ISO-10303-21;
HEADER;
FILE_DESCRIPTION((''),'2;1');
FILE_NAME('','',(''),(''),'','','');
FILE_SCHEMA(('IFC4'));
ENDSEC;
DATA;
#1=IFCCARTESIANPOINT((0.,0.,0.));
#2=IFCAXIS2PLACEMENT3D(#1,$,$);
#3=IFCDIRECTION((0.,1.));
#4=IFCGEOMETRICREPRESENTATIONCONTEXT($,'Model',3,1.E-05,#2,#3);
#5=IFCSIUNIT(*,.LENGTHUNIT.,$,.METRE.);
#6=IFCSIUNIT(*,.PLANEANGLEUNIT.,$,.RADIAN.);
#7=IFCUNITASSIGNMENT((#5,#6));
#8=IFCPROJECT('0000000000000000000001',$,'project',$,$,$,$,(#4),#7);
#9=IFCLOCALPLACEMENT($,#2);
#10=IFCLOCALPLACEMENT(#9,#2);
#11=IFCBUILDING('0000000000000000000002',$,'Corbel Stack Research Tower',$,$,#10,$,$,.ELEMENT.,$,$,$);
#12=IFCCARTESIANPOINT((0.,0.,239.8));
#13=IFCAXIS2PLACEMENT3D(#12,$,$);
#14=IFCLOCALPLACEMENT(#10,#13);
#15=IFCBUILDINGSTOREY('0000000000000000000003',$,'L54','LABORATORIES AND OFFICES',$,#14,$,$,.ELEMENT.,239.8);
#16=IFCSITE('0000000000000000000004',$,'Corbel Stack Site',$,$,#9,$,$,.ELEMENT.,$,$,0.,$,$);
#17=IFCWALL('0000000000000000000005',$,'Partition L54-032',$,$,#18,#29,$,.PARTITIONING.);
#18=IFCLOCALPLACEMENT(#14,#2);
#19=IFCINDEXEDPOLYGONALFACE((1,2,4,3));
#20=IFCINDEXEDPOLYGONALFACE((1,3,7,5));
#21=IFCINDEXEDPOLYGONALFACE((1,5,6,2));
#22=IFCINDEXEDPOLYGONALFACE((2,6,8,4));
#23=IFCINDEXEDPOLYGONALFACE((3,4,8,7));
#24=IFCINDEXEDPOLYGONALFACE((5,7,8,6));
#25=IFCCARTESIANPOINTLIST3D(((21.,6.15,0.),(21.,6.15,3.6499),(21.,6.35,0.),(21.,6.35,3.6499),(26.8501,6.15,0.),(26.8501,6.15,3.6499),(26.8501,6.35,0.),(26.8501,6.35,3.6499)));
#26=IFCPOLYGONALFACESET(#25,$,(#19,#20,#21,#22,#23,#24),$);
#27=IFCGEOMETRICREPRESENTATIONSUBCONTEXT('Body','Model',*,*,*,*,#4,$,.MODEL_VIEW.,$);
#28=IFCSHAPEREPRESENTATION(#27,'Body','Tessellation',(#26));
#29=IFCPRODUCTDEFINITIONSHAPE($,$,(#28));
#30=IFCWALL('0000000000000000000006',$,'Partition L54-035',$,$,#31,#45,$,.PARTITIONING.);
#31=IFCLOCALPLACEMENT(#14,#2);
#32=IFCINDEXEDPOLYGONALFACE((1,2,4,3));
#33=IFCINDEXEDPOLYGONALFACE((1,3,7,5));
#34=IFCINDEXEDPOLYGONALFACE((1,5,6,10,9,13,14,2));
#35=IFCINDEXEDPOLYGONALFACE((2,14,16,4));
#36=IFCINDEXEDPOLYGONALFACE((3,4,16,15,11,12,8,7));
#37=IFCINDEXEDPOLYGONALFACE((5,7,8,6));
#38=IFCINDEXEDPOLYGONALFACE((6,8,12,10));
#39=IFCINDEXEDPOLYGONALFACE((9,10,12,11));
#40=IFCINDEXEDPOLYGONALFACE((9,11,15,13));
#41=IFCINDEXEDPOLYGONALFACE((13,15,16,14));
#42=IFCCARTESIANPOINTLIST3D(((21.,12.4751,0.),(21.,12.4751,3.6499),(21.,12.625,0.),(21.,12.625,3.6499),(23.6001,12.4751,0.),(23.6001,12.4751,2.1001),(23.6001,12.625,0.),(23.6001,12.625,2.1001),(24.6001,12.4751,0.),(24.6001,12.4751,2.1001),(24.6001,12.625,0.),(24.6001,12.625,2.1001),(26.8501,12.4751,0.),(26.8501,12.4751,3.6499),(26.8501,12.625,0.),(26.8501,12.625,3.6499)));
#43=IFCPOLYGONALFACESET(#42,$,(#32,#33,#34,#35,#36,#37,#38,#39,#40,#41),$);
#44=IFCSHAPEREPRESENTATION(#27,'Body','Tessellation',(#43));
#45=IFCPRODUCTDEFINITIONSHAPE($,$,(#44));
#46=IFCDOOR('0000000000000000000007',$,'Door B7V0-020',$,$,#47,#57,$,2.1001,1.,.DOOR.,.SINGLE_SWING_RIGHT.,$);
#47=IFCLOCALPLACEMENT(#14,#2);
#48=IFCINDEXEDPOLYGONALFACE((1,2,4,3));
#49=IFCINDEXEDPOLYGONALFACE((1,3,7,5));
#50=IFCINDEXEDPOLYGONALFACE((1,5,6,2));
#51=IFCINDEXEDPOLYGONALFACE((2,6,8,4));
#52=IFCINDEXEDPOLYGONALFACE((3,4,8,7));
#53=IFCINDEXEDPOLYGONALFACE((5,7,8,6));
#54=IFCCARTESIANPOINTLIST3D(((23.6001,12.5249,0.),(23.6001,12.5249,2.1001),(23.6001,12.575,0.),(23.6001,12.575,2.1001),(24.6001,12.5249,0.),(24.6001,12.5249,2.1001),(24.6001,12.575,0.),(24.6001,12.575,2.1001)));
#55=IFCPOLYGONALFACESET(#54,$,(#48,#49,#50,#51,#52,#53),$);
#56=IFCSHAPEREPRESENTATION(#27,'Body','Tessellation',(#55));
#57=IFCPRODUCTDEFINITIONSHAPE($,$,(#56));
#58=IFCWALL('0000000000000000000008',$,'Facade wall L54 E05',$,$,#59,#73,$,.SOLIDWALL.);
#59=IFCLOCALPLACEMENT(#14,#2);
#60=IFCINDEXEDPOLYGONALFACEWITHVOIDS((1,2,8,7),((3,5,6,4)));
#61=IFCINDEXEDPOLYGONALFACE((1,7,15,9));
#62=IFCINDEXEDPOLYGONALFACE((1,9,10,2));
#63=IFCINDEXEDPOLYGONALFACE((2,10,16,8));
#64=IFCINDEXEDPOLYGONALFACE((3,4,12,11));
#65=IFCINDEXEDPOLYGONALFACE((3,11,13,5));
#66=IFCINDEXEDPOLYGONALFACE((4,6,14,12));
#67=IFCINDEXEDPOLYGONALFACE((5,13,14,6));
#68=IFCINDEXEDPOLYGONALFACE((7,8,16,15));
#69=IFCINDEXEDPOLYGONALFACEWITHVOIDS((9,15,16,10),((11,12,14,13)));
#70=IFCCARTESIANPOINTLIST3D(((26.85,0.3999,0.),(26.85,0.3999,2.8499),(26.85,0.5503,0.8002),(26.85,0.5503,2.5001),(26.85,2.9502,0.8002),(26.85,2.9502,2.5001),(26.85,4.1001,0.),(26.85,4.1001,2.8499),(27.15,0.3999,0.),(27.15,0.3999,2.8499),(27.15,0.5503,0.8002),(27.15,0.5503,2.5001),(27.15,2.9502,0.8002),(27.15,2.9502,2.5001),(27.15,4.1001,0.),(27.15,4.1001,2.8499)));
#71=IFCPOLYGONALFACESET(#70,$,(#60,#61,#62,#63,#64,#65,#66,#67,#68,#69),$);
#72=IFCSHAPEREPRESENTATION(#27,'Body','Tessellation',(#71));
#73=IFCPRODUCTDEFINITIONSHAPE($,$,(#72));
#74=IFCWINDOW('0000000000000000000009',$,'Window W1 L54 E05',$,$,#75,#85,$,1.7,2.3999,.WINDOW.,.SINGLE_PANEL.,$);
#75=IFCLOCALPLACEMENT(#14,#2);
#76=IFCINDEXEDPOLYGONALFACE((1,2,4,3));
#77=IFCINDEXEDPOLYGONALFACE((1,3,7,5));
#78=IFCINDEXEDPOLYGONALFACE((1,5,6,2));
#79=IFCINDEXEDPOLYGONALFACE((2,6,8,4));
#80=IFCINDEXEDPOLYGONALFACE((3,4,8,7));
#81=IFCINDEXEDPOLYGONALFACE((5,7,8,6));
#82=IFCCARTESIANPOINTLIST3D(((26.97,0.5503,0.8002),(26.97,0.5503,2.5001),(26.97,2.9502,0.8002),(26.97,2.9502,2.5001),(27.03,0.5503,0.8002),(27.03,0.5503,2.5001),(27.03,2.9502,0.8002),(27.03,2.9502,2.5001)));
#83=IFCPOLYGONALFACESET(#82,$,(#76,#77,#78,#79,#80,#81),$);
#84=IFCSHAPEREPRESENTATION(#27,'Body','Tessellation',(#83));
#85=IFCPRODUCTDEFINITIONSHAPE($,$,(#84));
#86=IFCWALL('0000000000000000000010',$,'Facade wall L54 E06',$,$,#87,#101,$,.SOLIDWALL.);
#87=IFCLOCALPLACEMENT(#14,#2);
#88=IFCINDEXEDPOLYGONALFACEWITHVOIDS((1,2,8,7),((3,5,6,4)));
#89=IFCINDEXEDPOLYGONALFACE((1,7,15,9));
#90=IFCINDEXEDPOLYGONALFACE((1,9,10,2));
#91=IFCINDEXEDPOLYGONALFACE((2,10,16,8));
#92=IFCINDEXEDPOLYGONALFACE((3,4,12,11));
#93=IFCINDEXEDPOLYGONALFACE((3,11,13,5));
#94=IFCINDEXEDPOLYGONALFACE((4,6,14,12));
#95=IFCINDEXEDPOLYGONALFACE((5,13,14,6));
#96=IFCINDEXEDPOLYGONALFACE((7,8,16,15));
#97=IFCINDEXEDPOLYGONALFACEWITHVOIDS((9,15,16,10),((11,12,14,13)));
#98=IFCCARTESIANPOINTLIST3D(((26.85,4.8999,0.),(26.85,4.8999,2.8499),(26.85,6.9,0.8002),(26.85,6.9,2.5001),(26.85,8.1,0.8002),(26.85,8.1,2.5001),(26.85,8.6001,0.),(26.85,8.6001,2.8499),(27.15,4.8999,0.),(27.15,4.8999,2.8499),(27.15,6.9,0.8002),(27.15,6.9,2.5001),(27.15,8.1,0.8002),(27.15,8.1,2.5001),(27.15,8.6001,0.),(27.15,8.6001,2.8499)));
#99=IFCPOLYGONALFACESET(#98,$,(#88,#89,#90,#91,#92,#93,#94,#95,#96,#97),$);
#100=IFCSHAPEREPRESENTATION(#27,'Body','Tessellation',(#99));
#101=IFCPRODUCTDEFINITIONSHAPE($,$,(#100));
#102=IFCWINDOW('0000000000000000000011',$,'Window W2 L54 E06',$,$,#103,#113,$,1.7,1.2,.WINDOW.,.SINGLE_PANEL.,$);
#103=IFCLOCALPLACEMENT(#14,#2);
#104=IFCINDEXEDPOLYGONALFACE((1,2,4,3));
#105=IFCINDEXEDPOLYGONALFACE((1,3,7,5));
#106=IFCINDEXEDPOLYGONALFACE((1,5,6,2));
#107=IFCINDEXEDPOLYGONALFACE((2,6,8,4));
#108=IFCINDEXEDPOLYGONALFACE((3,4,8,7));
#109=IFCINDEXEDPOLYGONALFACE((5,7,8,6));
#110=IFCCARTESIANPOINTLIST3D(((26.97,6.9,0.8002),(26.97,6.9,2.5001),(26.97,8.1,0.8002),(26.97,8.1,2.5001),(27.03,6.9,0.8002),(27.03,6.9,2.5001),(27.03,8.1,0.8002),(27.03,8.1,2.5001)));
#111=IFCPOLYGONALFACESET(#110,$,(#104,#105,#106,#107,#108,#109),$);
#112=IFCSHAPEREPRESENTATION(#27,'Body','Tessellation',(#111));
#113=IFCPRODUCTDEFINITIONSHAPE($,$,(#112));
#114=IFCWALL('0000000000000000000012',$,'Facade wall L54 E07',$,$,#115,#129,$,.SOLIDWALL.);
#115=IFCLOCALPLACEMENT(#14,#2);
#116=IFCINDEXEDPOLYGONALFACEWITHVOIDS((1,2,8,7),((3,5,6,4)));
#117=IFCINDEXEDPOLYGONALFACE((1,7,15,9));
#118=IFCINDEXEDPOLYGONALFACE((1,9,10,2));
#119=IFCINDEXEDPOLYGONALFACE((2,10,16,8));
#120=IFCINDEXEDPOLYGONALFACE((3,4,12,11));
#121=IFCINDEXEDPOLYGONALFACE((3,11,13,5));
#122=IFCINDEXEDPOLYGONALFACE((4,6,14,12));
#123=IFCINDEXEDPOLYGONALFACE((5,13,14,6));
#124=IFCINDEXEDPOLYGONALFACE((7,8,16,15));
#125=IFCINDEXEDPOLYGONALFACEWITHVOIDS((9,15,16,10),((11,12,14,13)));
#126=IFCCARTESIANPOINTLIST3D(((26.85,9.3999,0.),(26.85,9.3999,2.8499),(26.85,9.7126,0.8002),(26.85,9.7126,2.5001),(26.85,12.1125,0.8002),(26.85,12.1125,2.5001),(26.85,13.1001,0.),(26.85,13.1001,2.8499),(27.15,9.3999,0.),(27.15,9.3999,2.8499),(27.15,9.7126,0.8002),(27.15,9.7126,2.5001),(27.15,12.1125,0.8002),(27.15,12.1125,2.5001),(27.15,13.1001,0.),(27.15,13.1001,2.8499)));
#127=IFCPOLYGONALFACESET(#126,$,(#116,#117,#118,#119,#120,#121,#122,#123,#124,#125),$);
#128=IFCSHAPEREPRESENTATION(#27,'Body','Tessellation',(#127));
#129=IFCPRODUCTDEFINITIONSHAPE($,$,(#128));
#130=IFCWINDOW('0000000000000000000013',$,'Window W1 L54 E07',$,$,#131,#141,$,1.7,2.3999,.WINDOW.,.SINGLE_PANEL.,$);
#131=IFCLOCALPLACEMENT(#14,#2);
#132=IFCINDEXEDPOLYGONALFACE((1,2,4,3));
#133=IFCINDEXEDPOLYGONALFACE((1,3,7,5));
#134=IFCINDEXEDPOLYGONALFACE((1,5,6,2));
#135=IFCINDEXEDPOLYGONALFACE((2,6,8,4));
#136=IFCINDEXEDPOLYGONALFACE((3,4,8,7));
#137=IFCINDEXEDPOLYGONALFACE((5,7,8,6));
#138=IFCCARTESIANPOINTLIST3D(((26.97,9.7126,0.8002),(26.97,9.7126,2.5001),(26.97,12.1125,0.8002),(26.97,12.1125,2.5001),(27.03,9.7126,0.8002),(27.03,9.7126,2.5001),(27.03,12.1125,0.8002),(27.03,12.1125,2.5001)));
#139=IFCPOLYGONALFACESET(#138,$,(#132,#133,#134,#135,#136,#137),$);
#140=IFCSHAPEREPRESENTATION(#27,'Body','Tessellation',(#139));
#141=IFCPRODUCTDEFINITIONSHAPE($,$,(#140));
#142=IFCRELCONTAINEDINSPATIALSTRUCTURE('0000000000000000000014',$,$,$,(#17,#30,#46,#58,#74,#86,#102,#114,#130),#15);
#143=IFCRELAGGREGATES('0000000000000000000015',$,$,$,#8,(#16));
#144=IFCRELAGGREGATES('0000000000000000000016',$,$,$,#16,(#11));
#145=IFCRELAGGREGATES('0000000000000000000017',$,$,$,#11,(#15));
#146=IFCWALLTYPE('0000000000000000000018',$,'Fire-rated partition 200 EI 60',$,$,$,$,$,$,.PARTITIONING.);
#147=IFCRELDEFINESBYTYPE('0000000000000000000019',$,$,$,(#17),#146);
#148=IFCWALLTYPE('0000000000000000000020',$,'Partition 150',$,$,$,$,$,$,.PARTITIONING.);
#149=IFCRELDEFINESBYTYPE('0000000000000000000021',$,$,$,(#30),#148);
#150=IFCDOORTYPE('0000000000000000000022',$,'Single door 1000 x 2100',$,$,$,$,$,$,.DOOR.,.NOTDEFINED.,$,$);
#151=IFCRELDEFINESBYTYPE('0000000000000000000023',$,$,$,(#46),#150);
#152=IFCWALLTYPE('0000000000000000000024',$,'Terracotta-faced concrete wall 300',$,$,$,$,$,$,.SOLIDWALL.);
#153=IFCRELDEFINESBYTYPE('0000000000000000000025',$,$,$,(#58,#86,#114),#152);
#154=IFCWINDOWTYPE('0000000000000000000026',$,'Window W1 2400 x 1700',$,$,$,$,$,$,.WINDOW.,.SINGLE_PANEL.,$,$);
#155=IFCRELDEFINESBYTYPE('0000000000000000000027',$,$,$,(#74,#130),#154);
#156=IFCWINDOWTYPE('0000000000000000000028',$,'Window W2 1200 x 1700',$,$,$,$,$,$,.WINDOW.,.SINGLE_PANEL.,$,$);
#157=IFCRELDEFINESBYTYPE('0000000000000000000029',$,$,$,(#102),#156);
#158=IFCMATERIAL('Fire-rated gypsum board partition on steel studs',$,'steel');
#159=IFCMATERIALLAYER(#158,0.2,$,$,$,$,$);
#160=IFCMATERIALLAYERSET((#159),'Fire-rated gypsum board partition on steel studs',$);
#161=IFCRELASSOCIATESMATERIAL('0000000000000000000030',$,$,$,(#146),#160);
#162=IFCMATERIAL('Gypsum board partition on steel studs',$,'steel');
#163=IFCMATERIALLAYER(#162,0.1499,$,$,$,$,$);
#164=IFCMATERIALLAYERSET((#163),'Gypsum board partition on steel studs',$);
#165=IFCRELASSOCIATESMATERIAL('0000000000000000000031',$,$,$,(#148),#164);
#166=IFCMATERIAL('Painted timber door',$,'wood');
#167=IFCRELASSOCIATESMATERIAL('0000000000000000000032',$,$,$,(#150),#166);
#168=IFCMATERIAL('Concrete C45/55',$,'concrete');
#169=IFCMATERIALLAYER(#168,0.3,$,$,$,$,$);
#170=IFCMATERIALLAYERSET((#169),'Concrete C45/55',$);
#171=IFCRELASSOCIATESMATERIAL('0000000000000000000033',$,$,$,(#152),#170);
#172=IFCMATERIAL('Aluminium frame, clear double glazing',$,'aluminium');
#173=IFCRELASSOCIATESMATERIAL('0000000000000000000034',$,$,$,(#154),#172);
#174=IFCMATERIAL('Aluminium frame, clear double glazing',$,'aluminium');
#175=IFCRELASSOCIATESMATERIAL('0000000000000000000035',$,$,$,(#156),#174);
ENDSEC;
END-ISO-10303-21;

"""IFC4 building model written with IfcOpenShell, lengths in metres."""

from ifc_helpers import new_model, si_unit, direction, frame, frame_2d, origin, place, context, subcontext, project, spatial, rectangle, extrude, material, layer, layer_set, type_object, element, fill, save


model = new_model("IFC4")

# Units and contexts
model_context = context("Model", 3, precision=1e-05, world=origin(), true_north=direction((0.0, 1.0)))
body_context = subcontext(model_context, "Body", "Model", "MODEL_VIEW")
ifc_project = project(units=[si_unit("LENGTHUNIT", "METRE"), si_unit("PLANEANGLEUNIT", "RADIAN")], contexts=[model_context])

# Site, building, storey
site_placement = place(None, origin())
site = spatial("IfcSite", under=ifc_project, at=site_placement, Name="Corbel Stack Site", CompositionType="ELEMENT", RefElevation=0.0)
building_placement = place(site_placement, origin())
building = spatial("IfcBuilding", under=site, at=building_placement, Name="Corbel Stack Research Tower", CompositionType="ELEMENT")
storey_placement = place(building_placement, frame((0.0, 0.0, 239.8)))
storey = spatial("IfcBuildingStorey", under=building, at=storey_placement, Name="L54", Description="LABORATORIES AND OFFICES", CompositionType="ELEMENT", Elevation=239.8)

# Shared definitions
ifc_material_1 = material(Name="Fire-rated gypsum board partition on steel studs", Category="steel")
ifc_layer_1 = layer(ifc_material_1, 0.2)
ifc_layer_set_1 = layer_set([ifc_layer_1], Name="Fire-rated gypsum board partition on steel studs")
wall_type_1 = type_object("IfcWallType", Name="Fire-rated partition 200 EI 60", PredefinedType="PARTITIONING", material=ifc_layer_set_1)

# Wall
for number, where, z_axis, x_axis, name in (
    (1, (21.0, 6.25, 0.0), (0.0, 0.0, 1.0), (1.0, 0.0, 0.0), "Partition L54-032"),
):
    element("IfcWall", number, at=place(storey_placement, frame(where, z_axis=z_axis, x_axis=x_axis)), inside=storey, type_object=wall_type_1, Name=name, PredefinedType="PARTITIONING", context=body_context, shape_type="SweptSolid", body=[
        extrude(rectangle(XDim=5.8501, YDim=0.2, at=frame_2d((2.925, 0.0))), origin(), (0.0, 0.0, 1.0), 3.6499),
    ])

# Wall, opening, door
ifc_material_2 = material(Name="Gypsum board partition on steel studs", Category="steel")
ifc_layer_2 = layer(ifc_material_2, 0.1499)
ifc_layer_set_2 = layer_set([ifc_layer_2], Name="Gypsum board partition on steel studs")
wall_type_2 = type_object("IfcWallType", Name="Partition 150", PredefinedType="PARTITIONING", material=ifc_layer_set_2)
wall_1_placement = place(storey_placement, frame((21.0, 12.55, 0.0), z_axis=(0.0, 0.0, 1.0), x_axis=(1.0, 0.0, 0.0)))
wall_1 = element("IfcWall", 2, at=wall_1_placement, inside=storey, type_object=wall_type_2, Name="Partition L54-035", PredefinedType="PARTITIONING", context=body_context, shape_type="SweptSolid", body=[
    extrude(rectangle(XDim=5.8501, YDim=0.1499, at=frame_2d((2.925, 0.0))), origin(), (0.0, 0.0, 1.0), 3.6499),
])
opening_1_placement = place(wall_1_placement, frame((2.6001, 0.0, 0.0)))
opening_1 = element("IfcOpeningElement", 3, at=opening_1_placement, cuts=wall_1, PredefinedType="OPENING", context=body_context, shape_type="SweptSolid", body=[
    extrude(rectangle(XDim=1.0, YDim=2.1001, at=frame_2d((0.5, 1.05))), frame((0.0, 0.085, 0.0), z_axis=(0.0, -1.0, 0.0), x_axis=(1.0, 0.0, 0.0)), (0.0, 0.0, 1.0), 0.1699),
])
ifc_material_3 = material(Name="Painted timber door", Category="wood")
door_type_1 = type_object("IfcDoorType", Name="Single door 1000 x 2100", OperationType="NOTDEFINED", PredefinedType="DOOR", material=ifc_material_3)
door_1_placement = place(opening_1_placement, origin())
door_1 = element("IfcDoor", 4, at=door_1_placement, inside=storey, type_object=door_type_1, Name="Door B7V0-020", OperationType="SINGLE_SWING_RIGHT", OverallHeight=2.1001, OverallWidth=1.0, PredefinedType="DOOR", context=body_context, shape_type="SweptSolid", body=[
    extrude(rectangle(XDim=1.0, YDim=2.1001, at=frame_2d((0.5, 1.05))), frame((0.0, 0.0249, 0.0), z_axis=(0.0, -1.0, 0.0), x_axis=(1.0, 0.0, 0.0)), (0.0, 0.0, 1.0), 0.05),
])
fill(opening_1, door_1)

# Walls, openings, windows
ifc_material_4 = material(Name="Concrete C45/55", Category="concrete")
ifc_layer_3 = layer(ifc_material_4, 0.3)
ifc_layer_set_3 = layer_set([ifc_layer_3], Name="Concrete C45/55")
wall_type_3 = type_object("IfcWallType", Name="Terracotta-faced concrete wall 300", PredefinedType="SOLIDWALL", material=ifc_layer_set_3)
wall_2_placement = place(storey_placement, frame((27.0, 4.1001, 0.0), z_axis=(0.0, 0.0, 1.0), x_axis=(0.0, -1.0, 0.0)))
wall_2 = element("IfcWall", 5, at=wall_2_placement, inside=storey, type_object=wall_type_3, Name="Facade wall L54 E05", PredefinedType="SOLIDWALL", context=body_context, shape_type="SweptSolid", body=[
    extrude(rectangle(XDim=3.7002, YDim=0.3, at=frame_2d((1.8501, 0.0))), origin(), (0.0, 0.0, 1.0), 2.8499),
])
opening_2_placement = place(wall_2_placement, frame((1.1499, 0.0, 0.8)))
opening_2 = element("IfcOpeningElement", 6, at=opening_2_placement, cuts=wall_2, PredefinedType="OPENING", context=body_context, shape_type="SweptSolid", body=[
    extrude(rectangle(XDim=2.3999, YDim=1.7, at=frame_2d((1.2, 0.8501))), frame((0.0, 0.1599, 0.0), z_axis=(0.0, -1.0, 0.0), x_axis=(1.0, 0.0, 0.0)), (0.0, 0.0, 1.0), 0.3201),
])
ifc_material_5 = material(Name="Aluminium frame, clear double glazing", Category="aluminium")
window_type_1 = type_object("IfcWindowType", Name="Window W1 2400 x 1700", PartitioningType="SINGLE_PANEL", PredefinedType="WINDOW", material=ifc_material_5)
window_1_placement = place(opening_2_placement, origin())
window_1 = element("IfcWindow", 7, at=window_1_placement, inside=storey, type_object=window_type_1, Name="Window W1 L54 E05", OverallHeight=1.7, OverallWidth=2.3999, PartitioningType="SINGLE_PANEL", PredefinedType="WINDOW", context=body_context, shape_type="SweptSolid", body=[
    extrude(rectangle(XDim=2.3999, YDim=1.7, at=frame_2d((1.2, 0.8501))), frame((0.0, 0.03, 0.0), z_axis=(0.0, -1.0, 0.0), x_axis=(1.0, 0.0, 0.0)), (0.0, 0.0, 1.0), 0.0601),
])
fill(opening_2, window_1)
wall_3_placement = place(storey_placement, frame((27.0, 8.6001, 0.0), z_axis=(0.0, 0.0, 1.0), x_axis=(0.0, -1.0, 0.0)))
wall_3 = element("IfcWall", 8, at=wall_3_placement, inside=storey, type_object=wall_type_3, Name="Facade wall L54 E06", PredefinedType="SOLIDWALL", context=body_context, shape_type="SweptSolid", body=[
    extrude(rectangle(XDim=3.7002, YDim=0.3, at=frame_2d((1.8501, 0.0))), origin(), (0.0, 0.0, 1.0), 2.8499),
])
opening_3_placement = place(wall_3_placement, frame((0.5, 0.0, 0.8)))
opening_3 = element("IfcOpeningElement", 9, at=opening_3_placement, cuts=wall_3, PredefinedType="OPENING", context=body_context, shape_type="SweptSolid", body=[
    extrude(rectangle(XDim=1.2, YDim=1.7, at=frame_2d((0.6001, 0.8501))), frame((0.0, 0.1599, 0.0), z_axis=(0.0, -1.0, 0.0), x_axis=(1.0, 0.0, 0.0)), (0.0, 0.0, 1.0), 0.3201),
])
ifc_material_6 = material(Name="Aluminium frame, clear double glazing", Category="aluminium")
window_type_2 = type_object("IfcWindowType", Name="Window W2 1200 x 1700", PartitioningType="SINGLE_PANEL", PredefinedType="WINDOW", material=ifc_material_6)
window_2_placement = place(opening_3_placement, origin())
window_2 = element("IfcWindow", 10, at=window_2_placement, inside=storey, type_object=window_type_2, Name="Window W2 L54 E06", OverallHeight=1.7, OverallWidth=1.2, PartitioningType="SINGLE_PANEL", PredefinedType="WINDOW", context=body_context, shape_type="SweptSolid", body=[
    extrude(rectangle(XDim=1.2, YDim=1.7, at=frame_2d((0.6001, 0.8501))), frame((0.0, 0.03, 0.0), z_axis=(0.0, -1.0, 0.0), x_axis=(1.0, 0.0, 0.0)), (0.0, 0.0, 1.0), 0.0601),
])
fill(opening_3, window_2)
wall_4_placement = place(storey_placement, frame((27.0, 13.1001, 0.0), z_axis=(0.0, 0.0, 1.0), x_axis=(0.0, -1.0, 0.0)))
wall_4 = element("IfcWall", 11, at=wall_4_placement, inside=storey, type_object=wall_type_3, Name="Facade wall L54 E07", PredefinedType="SOLIDWALL", context=body_context, shape_type="SweptSolid", body=[
    extrude(rectangle(XDim=3.7002, YDim=0.3, at=frame_2d((1.8501, 0.0))), origin(), (0.0, 0.0, 1.0), 2.8499),
])
opening_4_placement = place(wall_4_placement, frame((0.9875, 0.0, 0.8)))
opening_4 = element("IfcOpeningElement", 12, at=opening_4_placement, cuts=wall_4, PredefinedType="OPENING", context=body_context, shape_type="SweptSolid", body=[
    extrude(rectangle(XDim=2.3999, YDim=1.7, at=frame_2d((1.2, 0.8501))), frame((0.0, 0.1599, 0.0), z_axis=(0.0, -1.0, 0.0), x_axis=(1.0, 0.0, 0.0)), (0.0, 0.0, 1.0), 0.3201),
])
window_3_placement = place(opening_4_placement, origin())
window_3 = element("IfcWindow", 13, at=window_3_placement, inside=storey, type_object=window_type_1, Name="Window W1 L54 E07", OverallHeight=1.7, OverallWidth=2.3999, PartitioningType="SINGLE_PANEL", PredefinedType="WINDOW", context=body_context, shape_type="SweptSolid", body=[
    extrude(rectangle(XDim=2.3999, YDim=1.7, at=frame_2d((1.2, 0.8501))), frame((0.0, 0.03, 0.0), z_axis=(0.0, -1.0, 0.0), x_axis=(1.0, 0.0, 0.0)), (0.0, 0.0, 1.0), 0.0601),
])
fill(opening_4, window_3)

save(model, "model.ifc")
